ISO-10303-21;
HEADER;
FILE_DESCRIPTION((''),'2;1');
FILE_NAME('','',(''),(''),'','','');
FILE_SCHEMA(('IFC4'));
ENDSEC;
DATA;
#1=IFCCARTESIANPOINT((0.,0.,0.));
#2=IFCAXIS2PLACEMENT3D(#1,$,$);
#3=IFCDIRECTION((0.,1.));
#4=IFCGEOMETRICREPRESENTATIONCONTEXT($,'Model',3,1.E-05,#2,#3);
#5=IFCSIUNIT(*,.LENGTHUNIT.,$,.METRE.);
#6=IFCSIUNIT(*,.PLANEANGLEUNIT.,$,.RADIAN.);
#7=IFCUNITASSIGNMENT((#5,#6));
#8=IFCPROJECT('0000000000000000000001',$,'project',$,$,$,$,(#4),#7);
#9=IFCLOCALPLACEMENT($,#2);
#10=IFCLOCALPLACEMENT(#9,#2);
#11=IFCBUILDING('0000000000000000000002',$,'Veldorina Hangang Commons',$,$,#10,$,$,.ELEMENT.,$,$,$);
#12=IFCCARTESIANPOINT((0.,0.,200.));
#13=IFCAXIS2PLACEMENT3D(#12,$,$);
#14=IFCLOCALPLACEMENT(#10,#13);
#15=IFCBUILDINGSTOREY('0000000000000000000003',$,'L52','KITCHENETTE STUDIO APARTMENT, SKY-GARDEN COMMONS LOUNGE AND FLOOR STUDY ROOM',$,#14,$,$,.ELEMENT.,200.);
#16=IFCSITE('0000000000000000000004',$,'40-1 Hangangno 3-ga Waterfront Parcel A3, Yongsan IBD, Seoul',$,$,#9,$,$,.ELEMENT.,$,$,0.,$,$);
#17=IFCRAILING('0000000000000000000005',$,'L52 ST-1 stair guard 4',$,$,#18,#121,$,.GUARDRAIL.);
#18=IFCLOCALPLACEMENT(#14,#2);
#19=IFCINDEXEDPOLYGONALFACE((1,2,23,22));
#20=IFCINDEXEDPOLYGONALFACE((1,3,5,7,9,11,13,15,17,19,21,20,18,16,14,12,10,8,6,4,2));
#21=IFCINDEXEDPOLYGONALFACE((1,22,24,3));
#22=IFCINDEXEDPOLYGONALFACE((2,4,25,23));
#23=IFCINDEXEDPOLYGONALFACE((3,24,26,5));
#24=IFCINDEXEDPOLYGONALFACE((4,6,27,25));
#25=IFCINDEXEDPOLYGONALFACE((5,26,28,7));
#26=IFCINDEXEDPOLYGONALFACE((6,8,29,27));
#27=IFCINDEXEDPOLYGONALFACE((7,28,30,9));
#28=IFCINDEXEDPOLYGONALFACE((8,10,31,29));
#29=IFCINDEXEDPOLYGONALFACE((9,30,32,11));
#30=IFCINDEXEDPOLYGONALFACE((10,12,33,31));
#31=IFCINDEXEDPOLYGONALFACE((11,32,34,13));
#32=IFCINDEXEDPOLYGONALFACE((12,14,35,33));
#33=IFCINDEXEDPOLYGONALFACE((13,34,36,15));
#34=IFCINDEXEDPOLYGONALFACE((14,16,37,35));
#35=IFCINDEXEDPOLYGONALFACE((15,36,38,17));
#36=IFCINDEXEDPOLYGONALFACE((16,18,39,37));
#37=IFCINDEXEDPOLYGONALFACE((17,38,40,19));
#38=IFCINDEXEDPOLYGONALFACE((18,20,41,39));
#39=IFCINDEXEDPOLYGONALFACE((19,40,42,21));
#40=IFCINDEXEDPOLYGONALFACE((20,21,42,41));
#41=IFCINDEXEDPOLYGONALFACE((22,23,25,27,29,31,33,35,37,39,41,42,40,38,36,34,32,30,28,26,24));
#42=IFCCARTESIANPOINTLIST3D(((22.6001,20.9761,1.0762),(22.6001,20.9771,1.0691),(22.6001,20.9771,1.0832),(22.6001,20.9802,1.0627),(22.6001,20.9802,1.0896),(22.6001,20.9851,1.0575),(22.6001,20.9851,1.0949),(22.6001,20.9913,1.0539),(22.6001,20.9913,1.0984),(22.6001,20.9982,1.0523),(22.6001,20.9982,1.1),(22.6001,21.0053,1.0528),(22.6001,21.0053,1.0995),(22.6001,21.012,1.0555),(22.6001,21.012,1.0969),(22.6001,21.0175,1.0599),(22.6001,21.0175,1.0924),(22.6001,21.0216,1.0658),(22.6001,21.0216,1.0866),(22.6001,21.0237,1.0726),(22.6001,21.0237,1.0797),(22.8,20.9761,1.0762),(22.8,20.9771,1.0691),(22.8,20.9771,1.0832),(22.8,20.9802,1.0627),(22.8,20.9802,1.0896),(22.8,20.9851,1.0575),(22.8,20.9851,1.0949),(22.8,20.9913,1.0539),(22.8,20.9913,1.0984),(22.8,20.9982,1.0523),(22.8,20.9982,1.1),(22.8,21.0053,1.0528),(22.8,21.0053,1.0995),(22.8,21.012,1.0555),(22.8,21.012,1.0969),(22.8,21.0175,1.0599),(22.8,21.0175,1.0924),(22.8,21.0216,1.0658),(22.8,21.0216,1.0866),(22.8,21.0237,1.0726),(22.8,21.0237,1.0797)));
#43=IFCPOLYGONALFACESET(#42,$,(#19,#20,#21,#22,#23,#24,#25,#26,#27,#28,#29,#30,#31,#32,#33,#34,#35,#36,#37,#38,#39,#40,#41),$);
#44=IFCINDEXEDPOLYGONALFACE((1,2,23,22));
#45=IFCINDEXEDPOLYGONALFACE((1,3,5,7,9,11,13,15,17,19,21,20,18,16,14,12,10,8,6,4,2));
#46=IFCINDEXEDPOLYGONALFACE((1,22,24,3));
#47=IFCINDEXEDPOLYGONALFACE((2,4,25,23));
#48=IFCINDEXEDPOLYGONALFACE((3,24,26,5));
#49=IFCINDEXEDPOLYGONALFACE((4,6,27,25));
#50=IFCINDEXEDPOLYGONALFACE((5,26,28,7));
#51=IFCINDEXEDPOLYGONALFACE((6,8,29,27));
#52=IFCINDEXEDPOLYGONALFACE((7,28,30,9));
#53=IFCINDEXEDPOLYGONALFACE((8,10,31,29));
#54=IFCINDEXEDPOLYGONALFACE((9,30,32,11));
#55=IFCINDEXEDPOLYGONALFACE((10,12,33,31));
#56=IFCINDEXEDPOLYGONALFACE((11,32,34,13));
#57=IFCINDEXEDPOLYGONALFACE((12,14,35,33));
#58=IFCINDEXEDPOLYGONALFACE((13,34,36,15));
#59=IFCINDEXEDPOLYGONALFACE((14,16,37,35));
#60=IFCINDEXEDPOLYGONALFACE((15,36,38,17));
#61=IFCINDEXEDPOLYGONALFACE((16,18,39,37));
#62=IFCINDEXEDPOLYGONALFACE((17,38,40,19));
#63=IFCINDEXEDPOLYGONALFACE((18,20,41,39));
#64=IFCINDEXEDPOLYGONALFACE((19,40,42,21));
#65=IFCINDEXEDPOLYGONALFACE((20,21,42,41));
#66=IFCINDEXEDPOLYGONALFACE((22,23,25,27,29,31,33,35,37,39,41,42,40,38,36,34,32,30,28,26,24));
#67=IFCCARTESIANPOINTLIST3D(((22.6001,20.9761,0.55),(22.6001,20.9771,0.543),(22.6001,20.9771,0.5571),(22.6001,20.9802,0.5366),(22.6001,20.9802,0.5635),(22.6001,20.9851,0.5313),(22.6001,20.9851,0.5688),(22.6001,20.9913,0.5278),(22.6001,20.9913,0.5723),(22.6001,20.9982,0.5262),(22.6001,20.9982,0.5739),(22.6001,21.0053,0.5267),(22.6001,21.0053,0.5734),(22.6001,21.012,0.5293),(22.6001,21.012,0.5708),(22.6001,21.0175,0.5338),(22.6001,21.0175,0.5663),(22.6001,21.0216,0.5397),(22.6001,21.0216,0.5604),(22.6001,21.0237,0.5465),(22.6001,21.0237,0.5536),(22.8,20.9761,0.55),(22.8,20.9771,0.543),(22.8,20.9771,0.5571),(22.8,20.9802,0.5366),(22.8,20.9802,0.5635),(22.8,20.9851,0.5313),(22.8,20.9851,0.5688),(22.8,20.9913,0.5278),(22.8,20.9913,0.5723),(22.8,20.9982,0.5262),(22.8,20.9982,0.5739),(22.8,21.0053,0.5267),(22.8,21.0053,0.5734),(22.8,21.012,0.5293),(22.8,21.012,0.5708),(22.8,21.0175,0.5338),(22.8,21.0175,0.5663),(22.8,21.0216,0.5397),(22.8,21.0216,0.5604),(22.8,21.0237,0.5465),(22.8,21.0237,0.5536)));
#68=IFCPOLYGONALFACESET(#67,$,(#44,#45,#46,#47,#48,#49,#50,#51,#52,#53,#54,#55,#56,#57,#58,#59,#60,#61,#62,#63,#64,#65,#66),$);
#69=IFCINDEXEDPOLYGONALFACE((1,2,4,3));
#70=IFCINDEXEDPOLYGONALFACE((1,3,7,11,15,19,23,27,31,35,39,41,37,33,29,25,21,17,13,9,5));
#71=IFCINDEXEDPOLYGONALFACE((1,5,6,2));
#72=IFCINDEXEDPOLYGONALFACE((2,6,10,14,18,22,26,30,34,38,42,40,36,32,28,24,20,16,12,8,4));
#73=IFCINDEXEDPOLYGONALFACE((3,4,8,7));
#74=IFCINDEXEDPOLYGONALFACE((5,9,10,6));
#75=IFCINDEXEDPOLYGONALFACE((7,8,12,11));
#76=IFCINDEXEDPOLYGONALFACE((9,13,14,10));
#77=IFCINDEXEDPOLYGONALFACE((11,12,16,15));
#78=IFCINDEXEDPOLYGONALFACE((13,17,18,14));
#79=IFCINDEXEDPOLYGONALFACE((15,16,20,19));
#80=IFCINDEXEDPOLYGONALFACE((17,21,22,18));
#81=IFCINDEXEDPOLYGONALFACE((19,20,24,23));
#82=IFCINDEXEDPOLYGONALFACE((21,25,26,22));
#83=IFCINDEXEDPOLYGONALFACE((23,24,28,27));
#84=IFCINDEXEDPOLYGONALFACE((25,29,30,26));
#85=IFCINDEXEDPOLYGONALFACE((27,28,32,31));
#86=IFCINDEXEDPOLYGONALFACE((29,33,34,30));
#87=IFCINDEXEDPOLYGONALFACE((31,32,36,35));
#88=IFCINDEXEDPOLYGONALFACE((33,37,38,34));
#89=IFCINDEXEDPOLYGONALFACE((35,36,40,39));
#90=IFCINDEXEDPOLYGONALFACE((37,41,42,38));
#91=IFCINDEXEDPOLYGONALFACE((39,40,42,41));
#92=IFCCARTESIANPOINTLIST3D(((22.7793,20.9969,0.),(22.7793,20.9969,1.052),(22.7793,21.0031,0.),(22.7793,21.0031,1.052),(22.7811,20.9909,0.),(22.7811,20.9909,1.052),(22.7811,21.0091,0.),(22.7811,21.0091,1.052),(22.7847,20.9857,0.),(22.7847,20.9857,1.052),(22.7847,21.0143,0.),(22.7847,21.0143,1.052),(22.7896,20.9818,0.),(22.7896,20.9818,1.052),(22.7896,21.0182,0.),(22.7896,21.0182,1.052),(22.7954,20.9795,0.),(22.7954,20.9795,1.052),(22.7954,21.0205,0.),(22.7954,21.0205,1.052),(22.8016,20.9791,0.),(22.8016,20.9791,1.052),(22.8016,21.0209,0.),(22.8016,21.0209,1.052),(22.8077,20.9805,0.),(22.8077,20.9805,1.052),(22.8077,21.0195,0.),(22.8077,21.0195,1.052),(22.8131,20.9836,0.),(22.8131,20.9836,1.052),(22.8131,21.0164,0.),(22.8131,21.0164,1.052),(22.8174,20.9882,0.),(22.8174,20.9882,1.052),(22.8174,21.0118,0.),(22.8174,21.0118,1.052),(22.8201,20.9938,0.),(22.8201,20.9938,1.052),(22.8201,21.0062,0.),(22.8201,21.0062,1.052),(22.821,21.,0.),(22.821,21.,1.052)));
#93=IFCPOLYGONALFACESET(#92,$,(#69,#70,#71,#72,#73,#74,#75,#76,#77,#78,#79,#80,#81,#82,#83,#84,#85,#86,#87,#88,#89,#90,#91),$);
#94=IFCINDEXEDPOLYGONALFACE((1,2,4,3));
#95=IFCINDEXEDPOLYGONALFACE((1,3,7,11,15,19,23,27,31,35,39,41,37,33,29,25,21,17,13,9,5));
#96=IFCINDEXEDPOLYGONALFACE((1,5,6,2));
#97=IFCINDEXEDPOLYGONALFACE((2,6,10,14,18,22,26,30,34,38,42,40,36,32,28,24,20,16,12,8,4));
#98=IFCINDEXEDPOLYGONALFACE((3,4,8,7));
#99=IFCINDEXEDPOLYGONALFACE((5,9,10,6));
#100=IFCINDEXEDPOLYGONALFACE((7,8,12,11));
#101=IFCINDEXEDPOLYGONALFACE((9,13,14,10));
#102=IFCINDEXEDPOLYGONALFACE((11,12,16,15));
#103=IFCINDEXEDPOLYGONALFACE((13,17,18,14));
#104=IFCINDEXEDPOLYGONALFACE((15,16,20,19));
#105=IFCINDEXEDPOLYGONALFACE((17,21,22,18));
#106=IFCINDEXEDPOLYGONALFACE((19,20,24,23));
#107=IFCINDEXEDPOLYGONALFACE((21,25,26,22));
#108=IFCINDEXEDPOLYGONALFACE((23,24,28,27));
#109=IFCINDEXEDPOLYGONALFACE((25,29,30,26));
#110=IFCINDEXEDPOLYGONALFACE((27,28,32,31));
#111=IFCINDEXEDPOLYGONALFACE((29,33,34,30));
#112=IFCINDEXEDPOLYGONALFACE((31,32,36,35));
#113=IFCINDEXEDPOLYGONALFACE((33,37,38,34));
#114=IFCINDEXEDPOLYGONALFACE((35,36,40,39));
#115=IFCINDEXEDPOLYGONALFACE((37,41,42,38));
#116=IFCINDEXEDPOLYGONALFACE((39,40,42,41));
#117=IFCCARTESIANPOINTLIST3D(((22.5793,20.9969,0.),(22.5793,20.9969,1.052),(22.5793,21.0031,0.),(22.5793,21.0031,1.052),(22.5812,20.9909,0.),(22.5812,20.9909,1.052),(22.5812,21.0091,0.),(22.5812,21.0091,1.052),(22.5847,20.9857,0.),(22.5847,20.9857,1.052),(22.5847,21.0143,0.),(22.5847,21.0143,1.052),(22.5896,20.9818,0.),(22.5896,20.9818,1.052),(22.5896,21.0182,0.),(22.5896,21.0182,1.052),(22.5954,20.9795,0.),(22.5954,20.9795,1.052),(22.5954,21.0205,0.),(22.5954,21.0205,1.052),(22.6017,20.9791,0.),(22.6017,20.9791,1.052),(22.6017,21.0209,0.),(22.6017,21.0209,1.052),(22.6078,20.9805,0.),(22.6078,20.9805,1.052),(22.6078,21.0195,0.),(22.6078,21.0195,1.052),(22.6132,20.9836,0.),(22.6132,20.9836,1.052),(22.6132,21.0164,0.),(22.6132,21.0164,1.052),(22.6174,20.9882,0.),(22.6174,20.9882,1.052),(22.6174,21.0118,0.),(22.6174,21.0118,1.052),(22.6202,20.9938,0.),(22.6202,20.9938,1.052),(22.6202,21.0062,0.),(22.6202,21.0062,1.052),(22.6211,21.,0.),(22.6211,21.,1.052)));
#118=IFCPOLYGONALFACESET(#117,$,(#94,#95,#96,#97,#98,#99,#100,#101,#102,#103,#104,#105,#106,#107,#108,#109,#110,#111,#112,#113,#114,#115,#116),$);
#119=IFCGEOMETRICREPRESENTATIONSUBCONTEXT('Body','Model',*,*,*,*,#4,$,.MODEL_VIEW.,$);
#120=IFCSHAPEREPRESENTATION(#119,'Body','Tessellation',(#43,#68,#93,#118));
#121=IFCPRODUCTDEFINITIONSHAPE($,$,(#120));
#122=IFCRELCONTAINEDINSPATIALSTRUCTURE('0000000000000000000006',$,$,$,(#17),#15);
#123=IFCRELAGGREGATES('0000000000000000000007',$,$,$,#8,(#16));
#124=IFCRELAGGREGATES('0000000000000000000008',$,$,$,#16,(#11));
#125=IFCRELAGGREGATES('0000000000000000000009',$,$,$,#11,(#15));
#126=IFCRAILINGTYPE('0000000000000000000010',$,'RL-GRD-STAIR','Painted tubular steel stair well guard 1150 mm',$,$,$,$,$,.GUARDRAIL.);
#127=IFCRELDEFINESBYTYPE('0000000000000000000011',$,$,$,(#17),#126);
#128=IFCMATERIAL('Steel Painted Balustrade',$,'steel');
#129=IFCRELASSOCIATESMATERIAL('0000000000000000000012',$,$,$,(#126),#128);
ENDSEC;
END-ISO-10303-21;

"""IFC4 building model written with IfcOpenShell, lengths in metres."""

from ifc_helpers import new_model, si_unit, direction, frame, origin, origin_2d, place, context, subcontext, project, spatial, circle, extrude, material, type_object, element, save


model = new_model("IFC4")

# Units and contexts
model_context = context("Model", 3, precision=1e-05, world=origin(), true_north=direction((0.0, 1.0)))
body_context = subcontext(model_context, "Body", "Model", "MODEL_VIEW")
ifc_project = project(units=[si_unit("LENGTHUNIT", "METRE"), si_unit("PLANEANGLEUNIT", "RADIAN")], contexts=[model_context])

# Site, building, storey
site_placement = place(None, origin())
site = spatial("IfcSite", under=ifc_project, at=site_placement, Name="40-1 Hangangno 3-ga Waterfront Parcel A3, Yongsan IBD, Seoul", CompositionType="ELEMENT", RefElevation=0.0)
building_placement = place(site_placement, origin())
building = spatial("IfcBuilding", under=site, at=building_placement, Name="Veldorina Hangang Commons", CompositionType="ELEMENT")
storey_placement = place(building_placement, frame((0.0, 0.0, 200.0)))
storey = spatial("IfcBuildingStorey", under=building, at=storey_placement, Name="L52", Description="KITCHENETTE STUDIO APARTMENT, SKY-GARDEN COMMONS LOUNGE AND FLOOR STUDY ROOM", CompositionType="ELEMENT", Elevation=200.0)

# Railing
ifc_material_1 = material(Name="Steel Painted Balustrade", Category="steel")
railing_type_1 = type_object("IfcRailingType", Name="RL-GRD-STAIR", Description="Painted tubular steel stair well guard 1150 mm", PredefinedType="GUARDRAIL", material=ifc_material_1)
railing_1_placement = place(storey_placement, frame((22.8, 21.0, 0.0)))
element("IfcRailing", 1, at=railing_1_placement, inside=storey, type_object=railing_type_1, Name="L52 ST-1 stair guard 4", PredefinedType="GUARDRAIL", context=body_context, shape_type="SweptSolid", body=[
    extrude(circle(Radius=0.0239, at=origin_2d()), frame((0.0, 0.0, 1.0762), z_axis=(-1.0, 0.0, 0.0), x_axis=(0.0, -1.0, 0.0)), (0.0, 0.0, 1.0), 0.2),
    extrude(circle(Radius=0.0239, at=origin_2d()), frame((0.0, 0.0, 0.55), z_axis=(-1.0, 0.0, 0.0), x_axis=(0.0, -1.0, 0.0)), (0.0, 0.0, 1.0), 0.2),
    extrude(circle(Radius=0.021, at=origin_2d()), origin(), (0.0, 0.0, 1.0), 1.052),
    extrude(circle(Radius=0.021, at=origin_2d()), frame((-0.2, 0.0, 0.0)), (0.0, 0.0, 1.0), 1.052),
])

save(model, "model.ifc")
